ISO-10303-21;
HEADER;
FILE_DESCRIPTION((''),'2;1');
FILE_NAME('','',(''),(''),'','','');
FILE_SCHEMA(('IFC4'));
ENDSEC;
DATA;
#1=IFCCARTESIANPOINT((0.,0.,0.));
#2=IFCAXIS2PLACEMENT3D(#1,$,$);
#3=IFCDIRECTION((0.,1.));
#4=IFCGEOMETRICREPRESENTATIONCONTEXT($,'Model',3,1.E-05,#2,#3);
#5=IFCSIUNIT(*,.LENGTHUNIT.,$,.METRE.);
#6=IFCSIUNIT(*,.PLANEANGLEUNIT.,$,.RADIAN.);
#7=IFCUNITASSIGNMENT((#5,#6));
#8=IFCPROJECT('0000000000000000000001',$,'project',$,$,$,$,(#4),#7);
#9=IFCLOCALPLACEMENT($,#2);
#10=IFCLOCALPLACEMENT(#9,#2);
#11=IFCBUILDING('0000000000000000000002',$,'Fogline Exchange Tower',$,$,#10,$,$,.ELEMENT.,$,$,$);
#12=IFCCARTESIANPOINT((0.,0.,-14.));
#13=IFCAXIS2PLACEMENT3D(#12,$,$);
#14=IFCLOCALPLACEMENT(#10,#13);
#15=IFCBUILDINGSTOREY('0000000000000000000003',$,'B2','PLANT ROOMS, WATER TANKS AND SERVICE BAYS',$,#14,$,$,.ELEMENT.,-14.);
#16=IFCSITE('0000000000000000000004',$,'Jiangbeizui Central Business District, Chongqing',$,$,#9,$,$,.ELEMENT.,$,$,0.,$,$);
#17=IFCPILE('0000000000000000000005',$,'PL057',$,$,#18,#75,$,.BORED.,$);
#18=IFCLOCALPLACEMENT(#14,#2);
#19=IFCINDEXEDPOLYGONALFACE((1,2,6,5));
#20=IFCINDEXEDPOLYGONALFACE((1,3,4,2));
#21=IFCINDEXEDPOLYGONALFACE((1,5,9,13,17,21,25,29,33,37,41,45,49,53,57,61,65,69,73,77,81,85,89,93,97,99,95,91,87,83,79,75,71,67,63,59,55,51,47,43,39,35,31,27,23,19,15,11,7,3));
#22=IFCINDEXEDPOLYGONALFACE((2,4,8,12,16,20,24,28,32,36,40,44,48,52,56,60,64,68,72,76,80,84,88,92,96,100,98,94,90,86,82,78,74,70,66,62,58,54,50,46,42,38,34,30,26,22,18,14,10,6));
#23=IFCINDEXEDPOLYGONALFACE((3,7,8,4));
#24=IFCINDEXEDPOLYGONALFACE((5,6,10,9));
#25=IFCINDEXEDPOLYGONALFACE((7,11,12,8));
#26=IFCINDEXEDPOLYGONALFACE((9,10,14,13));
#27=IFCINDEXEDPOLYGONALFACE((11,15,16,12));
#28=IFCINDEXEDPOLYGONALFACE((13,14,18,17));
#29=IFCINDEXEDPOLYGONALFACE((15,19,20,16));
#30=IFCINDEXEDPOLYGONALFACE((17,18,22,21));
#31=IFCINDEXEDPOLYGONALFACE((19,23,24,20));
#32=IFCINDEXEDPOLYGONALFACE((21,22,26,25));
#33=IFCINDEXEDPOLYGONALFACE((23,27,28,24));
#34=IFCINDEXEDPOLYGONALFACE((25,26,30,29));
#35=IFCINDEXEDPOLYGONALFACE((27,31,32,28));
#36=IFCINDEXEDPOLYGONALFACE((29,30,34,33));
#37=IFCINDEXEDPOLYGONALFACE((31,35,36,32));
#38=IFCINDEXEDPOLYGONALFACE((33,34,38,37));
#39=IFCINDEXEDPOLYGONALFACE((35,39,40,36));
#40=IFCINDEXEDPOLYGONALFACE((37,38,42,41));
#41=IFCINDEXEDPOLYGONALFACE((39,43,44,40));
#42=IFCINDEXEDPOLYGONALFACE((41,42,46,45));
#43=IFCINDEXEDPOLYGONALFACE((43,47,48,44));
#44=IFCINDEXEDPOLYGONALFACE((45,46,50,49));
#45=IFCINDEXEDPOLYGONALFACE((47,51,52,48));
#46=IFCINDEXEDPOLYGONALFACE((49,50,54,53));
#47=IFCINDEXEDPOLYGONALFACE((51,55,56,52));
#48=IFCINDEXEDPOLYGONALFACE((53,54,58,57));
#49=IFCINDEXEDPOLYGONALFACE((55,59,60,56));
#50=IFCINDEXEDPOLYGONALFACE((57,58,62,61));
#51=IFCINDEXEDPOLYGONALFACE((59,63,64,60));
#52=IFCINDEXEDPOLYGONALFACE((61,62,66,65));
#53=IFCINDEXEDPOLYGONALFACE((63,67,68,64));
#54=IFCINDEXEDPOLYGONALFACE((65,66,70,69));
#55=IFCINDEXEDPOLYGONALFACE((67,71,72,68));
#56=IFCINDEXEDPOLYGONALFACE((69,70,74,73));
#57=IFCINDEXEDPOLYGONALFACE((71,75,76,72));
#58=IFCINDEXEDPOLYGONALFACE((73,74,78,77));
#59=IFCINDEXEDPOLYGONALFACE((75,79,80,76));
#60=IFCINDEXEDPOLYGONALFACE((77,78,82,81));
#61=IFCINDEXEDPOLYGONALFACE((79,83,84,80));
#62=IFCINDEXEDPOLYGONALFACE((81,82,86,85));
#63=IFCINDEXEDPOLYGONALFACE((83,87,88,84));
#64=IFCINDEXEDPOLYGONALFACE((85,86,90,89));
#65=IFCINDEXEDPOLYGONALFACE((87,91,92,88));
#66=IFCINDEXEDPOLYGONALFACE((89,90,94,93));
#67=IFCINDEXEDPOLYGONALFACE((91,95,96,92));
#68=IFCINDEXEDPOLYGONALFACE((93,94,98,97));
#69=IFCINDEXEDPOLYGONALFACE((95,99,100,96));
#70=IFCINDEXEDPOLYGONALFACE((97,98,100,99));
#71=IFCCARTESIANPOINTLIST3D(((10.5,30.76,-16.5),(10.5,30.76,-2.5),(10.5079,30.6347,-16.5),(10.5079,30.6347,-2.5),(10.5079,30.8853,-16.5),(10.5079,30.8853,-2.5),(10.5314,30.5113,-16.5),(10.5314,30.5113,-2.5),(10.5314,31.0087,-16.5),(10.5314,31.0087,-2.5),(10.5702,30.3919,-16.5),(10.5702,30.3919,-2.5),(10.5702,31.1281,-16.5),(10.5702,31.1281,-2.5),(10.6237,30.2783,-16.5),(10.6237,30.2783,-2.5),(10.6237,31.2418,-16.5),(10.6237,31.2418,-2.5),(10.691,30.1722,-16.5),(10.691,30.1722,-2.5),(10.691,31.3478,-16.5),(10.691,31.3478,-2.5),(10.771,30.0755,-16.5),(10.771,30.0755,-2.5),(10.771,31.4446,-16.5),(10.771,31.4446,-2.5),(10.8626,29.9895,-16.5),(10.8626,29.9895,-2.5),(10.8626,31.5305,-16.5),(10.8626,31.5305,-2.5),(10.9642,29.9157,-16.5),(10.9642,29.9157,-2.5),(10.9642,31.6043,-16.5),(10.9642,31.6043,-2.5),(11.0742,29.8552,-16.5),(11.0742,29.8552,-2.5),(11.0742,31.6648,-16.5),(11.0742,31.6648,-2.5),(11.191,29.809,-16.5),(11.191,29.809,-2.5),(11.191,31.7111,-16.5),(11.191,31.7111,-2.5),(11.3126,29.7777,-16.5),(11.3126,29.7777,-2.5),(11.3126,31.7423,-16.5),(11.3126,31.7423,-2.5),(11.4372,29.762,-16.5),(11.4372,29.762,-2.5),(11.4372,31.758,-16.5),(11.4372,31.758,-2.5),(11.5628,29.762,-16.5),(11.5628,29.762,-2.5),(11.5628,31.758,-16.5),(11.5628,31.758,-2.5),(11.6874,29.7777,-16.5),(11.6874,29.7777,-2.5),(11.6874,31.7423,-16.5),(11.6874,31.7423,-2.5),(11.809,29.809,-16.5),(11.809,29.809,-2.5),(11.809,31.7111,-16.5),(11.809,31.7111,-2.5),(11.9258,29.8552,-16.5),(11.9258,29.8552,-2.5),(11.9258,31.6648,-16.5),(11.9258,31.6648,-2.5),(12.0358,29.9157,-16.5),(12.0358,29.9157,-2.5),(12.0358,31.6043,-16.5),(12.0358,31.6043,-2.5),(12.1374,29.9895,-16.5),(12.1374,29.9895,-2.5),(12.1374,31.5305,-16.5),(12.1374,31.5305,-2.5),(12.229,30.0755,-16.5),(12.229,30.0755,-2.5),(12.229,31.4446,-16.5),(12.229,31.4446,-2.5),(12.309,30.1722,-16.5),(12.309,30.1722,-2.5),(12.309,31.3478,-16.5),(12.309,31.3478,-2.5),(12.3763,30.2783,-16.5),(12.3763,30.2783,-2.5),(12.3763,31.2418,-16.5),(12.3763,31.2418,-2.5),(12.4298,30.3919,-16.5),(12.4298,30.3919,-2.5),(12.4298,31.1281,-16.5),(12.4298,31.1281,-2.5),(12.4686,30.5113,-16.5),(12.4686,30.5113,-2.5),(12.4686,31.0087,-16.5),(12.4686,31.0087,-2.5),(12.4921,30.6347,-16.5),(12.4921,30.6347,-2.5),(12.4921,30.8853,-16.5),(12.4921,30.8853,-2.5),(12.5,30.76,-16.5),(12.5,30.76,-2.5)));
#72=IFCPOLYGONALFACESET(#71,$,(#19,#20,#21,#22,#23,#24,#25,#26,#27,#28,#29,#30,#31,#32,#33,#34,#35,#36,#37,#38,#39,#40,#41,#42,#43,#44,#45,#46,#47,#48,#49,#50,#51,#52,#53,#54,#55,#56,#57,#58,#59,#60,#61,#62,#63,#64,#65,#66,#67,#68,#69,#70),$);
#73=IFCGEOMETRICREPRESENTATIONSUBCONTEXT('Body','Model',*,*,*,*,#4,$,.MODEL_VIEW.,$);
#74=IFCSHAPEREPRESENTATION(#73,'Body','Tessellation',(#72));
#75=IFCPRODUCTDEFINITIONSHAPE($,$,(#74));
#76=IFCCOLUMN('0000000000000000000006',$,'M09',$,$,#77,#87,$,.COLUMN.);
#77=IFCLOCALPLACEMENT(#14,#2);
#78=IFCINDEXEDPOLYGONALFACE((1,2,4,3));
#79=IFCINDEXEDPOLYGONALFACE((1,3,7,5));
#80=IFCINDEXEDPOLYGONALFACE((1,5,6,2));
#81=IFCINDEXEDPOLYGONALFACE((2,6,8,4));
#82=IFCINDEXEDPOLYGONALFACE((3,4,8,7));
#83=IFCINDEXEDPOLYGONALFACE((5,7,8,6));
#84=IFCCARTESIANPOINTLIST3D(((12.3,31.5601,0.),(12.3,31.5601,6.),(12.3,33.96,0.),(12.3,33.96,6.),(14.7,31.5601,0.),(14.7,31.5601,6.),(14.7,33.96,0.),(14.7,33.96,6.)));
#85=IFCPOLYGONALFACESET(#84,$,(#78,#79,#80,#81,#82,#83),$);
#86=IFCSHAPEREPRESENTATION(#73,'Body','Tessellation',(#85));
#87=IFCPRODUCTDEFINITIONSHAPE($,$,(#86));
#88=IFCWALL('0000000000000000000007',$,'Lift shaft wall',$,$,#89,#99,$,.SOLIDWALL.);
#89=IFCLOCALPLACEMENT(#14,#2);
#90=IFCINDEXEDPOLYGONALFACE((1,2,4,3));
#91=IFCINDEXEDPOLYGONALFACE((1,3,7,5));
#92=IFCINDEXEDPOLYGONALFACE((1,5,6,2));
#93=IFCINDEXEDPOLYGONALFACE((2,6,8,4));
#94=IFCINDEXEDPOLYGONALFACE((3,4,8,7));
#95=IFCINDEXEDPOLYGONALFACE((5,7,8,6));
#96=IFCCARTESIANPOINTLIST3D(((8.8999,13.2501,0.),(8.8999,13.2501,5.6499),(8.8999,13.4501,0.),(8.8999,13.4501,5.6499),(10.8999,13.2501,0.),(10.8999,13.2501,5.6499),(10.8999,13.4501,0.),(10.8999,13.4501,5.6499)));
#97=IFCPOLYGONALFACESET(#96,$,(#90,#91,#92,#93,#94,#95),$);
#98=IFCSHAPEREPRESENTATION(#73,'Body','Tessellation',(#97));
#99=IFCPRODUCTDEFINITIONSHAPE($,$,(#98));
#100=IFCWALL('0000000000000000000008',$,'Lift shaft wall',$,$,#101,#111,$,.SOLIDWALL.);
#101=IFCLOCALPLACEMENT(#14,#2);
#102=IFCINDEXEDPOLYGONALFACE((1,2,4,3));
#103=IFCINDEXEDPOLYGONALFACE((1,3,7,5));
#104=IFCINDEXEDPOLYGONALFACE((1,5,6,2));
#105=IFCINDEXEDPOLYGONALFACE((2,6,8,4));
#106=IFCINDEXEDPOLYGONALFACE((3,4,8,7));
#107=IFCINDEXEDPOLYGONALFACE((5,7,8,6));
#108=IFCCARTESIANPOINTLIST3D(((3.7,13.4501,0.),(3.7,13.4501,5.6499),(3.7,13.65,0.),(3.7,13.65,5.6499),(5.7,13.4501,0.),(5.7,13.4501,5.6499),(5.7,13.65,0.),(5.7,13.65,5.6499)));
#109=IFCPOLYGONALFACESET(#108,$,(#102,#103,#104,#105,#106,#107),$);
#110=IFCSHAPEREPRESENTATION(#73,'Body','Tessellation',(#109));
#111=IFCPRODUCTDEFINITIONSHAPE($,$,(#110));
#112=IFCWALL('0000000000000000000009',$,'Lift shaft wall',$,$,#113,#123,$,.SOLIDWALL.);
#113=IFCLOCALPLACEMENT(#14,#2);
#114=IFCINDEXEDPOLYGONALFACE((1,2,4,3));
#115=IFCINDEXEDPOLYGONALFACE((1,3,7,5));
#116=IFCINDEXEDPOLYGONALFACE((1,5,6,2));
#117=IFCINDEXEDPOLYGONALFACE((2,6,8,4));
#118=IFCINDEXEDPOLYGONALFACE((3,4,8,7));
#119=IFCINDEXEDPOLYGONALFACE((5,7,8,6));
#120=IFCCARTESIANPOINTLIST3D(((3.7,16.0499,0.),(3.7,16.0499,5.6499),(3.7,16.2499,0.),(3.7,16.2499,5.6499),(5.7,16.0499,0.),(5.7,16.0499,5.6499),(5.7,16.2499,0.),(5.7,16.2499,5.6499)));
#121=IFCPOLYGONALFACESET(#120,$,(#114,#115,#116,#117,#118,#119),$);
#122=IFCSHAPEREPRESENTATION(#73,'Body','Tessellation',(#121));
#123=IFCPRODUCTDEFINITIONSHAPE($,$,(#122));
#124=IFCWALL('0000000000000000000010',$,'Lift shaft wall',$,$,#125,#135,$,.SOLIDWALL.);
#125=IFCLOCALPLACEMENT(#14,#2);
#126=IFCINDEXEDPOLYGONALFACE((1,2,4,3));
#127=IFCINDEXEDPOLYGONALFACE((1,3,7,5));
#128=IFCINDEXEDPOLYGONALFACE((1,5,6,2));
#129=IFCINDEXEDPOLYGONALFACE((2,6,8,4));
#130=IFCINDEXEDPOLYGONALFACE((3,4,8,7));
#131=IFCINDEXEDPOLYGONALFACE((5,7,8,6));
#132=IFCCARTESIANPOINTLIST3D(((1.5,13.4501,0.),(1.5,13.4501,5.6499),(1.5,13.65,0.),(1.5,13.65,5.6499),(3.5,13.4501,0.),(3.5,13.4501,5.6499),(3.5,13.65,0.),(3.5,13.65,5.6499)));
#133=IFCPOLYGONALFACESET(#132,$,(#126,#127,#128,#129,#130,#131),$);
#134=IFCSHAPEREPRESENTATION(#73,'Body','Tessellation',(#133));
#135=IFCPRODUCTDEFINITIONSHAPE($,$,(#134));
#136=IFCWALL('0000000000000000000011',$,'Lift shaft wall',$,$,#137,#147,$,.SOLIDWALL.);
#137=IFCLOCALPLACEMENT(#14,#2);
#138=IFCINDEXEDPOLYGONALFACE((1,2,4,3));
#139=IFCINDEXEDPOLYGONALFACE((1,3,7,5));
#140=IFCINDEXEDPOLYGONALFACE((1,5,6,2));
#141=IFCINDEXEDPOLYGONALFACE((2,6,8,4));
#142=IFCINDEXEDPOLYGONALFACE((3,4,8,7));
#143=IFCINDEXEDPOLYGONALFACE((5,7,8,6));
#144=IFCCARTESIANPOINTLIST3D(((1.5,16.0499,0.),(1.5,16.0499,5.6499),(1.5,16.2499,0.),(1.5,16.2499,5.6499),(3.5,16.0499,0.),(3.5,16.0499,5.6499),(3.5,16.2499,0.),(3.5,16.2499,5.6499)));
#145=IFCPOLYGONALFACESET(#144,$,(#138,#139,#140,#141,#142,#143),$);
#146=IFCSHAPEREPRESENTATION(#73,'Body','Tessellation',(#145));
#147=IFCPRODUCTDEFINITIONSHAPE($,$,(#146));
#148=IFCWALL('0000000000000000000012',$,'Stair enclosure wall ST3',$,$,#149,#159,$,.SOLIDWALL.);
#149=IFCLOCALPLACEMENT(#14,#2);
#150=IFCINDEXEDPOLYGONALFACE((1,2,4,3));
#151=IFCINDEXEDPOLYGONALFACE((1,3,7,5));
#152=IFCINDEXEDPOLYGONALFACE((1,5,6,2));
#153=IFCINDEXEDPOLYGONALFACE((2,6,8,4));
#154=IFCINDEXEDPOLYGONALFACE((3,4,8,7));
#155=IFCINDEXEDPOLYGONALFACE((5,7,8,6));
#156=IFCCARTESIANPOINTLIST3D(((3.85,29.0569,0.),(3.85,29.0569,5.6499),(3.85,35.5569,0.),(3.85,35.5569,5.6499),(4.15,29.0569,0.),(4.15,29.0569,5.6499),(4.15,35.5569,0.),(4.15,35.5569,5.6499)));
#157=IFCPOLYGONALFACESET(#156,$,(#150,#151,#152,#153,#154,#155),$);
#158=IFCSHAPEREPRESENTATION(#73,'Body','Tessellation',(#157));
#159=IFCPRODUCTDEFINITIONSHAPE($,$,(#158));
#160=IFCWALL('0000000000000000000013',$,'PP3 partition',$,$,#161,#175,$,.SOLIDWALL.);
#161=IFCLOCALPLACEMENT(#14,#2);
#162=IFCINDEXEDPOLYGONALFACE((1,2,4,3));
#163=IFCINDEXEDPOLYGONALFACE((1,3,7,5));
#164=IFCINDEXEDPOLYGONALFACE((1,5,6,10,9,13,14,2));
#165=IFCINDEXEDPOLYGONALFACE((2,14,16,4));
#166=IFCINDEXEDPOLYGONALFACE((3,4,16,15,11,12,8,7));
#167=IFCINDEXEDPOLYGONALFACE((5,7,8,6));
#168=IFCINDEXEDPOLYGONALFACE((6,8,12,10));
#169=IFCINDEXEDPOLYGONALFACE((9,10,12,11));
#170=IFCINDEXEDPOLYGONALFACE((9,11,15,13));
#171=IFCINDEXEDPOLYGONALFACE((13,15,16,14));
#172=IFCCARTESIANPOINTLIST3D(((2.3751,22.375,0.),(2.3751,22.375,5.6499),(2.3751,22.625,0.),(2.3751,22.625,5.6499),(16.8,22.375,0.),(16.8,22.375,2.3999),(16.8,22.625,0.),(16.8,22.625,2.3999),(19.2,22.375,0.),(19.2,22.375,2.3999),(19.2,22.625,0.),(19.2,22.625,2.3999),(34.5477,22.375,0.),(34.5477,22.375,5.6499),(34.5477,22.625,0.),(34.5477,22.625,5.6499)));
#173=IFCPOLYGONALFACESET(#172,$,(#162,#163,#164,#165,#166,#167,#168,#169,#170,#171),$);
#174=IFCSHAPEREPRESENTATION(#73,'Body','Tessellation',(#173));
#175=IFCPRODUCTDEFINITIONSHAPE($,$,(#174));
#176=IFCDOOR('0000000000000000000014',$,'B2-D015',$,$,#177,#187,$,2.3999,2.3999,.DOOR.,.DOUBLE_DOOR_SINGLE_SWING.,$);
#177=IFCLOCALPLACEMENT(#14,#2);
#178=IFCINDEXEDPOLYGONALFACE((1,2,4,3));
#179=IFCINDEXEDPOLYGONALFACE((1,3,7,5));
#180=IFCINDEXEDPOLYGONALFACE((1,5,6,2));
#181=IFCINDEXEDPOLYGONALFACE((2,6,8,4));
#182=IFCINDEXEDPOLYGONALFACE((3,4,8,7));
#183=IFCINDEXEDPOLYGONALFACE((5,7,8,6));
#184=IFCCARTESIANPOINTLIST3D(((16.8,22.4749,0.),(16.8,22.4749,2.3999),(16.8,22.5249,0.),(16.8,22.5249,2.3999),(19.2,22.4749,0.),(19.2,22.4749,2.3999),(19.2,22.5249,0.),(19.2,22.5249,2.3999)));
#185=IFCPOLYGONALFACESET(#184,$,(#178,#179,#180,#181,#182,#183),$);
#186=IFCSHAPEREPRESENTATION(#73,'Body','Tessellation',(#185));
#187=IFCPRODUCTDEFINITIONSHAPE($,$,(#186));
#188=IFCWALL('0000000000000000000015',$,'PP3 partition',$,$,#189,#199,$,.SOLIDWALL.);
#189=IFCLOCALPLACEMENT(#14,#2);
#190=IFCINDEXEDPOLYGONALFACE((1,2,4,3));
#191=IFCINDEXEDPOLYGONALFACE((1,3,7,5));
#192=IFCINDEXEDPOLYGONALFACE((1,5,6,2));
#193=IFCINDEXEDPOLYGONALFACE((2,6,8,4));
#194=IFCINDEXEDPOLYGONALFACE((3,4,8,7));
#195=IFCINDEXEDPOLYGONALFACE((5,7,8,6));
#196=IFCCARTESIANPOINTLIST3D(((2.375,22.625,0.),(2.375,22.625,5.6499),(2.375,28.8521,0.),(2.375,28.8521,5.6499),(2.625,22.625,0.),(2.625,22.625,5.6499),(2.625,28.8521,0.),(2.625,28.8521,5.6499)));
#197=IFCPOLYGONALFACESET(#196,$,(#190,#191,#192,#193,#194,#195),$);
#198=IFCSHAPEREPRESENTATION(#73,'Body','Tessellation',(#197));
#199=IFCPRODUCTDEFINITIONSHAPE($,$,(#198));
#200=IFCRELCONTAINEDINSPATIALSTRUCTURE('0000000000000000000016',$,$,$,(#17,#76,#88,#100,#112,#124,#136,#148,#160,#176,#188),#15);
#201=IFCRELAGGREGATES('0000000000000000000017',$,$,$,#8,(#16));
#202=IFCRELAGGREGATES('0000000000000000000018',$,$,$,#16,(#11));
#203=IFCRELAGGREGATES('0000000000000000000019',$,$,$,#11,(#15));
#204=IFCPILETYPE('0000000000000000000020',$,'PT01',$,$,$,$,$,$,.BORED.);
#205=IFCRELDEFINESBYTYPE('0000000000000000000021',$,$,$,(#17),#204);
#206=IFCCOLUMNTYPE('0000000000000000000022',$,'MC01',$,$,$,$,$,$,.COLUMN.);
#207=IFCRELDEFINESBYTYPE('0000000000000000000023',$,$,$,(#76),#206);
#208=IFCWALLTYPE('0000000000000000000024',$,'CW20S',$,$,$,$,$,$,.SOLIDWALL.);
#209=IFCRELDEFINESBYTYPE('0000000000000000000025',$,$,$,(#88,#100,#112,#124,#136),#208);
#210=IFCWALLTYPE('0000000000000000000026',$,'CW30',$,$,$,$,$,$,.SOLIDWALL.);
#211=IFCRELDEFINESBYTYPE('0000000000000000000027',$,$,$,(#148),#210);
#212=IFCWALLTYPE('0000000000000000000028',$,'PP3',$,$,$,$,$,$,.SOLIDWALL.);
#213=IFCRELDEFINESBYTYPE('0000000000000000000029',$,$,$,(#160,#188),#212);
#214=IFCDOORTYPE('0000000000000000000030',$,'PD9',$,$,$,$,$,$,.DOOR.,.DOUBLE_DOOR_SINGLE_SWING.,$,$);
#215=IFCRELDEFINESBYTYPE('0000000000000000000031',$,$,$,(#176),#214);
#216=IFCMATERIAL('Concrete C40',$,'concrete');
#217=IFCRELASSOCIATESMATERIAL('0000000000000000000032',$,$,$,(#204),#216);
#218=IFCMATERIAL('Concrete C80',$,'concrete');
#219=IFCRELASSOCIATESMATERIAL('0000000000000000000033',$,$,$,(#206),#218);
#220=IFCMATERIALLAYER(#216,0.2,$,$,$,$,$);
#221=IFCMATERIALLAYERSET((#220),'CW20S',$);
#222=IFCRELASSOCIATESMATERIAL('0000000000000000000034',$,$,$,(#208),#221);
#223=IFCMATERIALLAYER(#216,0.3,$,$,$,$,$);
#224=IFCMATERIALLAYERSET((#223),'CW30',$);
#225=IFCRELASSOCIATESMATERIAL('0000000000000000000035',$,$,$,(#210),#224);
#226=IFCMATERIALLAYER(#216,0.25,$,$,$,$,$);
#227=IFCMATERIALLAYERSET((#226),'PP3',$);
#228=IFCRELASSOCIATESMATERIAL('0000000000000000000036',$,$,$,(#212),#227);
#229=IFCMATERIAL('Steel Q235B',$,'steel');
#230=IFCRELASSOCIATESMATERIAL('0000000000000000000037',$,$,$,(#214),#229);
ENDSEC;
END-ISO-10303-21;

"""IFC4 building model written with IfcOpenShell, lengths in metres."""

from ifc_helpers import new_model, si_unit, direction, frame, frame_2d, origin, origin_2d, place, context, subcontext, project, spatial, rectangle, circle, extrude, material, layer, layer_set, material_profile, profile_set, type_object, element, fill, save


model = new_model("IFC4")

# Units and contexts
model_context = context("Model", 3, precision=1e-05, world=origin(), true_north=direction((0.0, 1.0)))
body_context = subcontext(model_context, "Body", "Model", "MODEL_VIEW")
ifc_project = project(units=[si_unit("LENGTHUNIT", "METRE"), si_unit("PLANEANGLEUNIT", "RADIAN")], contexts=[model_context])

# Site, building, storey
site_placement = place(None, origin())
site = spatial("IfcSite", under=ifc_project, at=site_placement, Name="Jiangbeizui Central Business District, Chongqing", CompositionType="ELEMENT", RefElevation=0.0)
building_placement = place(site_placement, origin())
building = spatial("IfcBuilding", under=site, at=building_placement, Name="Fogline Exchange Tower", CompositionType="ELEMENT")
storey_placement = place(building_placement, frame((0.0, 0.0, -14.0)))
storey = spatial("IfcBuildingStorey", under=building, at=storey_placement, Name="B2", Description="PLANT ROOMS, WATER TANKS AND SERVICE BAYS", CompositionType="ELEMENT", Elevation=-14.0)

# Pile
ifc_material_1 = material(Name="Concrete C40", Category="concrete")
ifc_material_profile_1 = material_profile(ifc_material_1, circle(Radius=1.0, at=origin_2d()), Name="RC D2000")
ifc_profile_set_1 = profile_set([ifc_material_profile_1], Name="Concrete C40")
pile_type = type_object("IfcPileType", Name="PT01", PredefinedType="BORED", material=ifc_profile_set_1)
for number, where, z_axis, x_axis, name in (
    (1, (11.5, 30.76, -2.5), (0.0, 0.0, -1.0), (1.0, 0.0, 0.0), "PL057"),
):
    element("IfcPile", number, at=place(storey_placement, frame(where, z_axis=z_axis, x_axis=x_axis)), inside=storey, type_object=pile_type, Name=name, PredefinedType="BORED", context=body_context, shape_type="SweptSolid", body=[
        extrude(circle(Radius=1.0, at=origin_2d()), origin(), (0.0, 0.0, 1.0), 14.0),
    ])

# Column
ifc_material_2 = material(Name="Concrete C80", Category="concrete")
ifc_material_profile_2 = material_profile(ifc_material_2, rectangle(XDim=2.3999, YDim=2.3999, at=origin_2d()), Name="RC 2400x2400")
ifc_profile_set_2 = profile_set([ifc_material_profile_2], Name="Concrete C80")
column_type = type_object("IfcColumnType", Name="MC01", PredefinedType="COLUMN", material=ifc_profile_set_2)
column_placement = place(storey_placement, frame((13.5, 32.76, 0.0), z_axis=(0.0, 0.0, 1.0), x_axis=(1.0, 0.0, 0.0)))
element("IfcColumn", 2, at=column_placement, inside=storey, type_object=column_type, Name="M09", PredefinedType="COLUMN", context=body_context, shape_type="SweptSolid", body=[
    extrude(rectangle(XDim=2.3999, YDim=2.3999, at=origin_2d()), origin(), (0.0, 0.0, 1.0), 6.0),
])

# Walls
ifc_layer_1 = layer(ifc_material_1, 0.2)
ifc_layer_set_1 = layer_set([ifc_layer_1], Name="CW20S")
wall_type_1 = type_object("IfcWallType", Name="CW20S", PredefinedType="SOLIDWALL", material=ifc_layer_set_1)
for number, where, z_axis, x_axis, name in (
    (3, (8.8999, 13.3501, 0.0), (0.0, 0.0, 1.0), (1.0, 0.0, 0.0), "Lift shaft wall"),
    (4, (3.7, 13.55, 0.0), (0.0, 0.0, 1.0), (1.0, 0.0, 0.0), "Lift shaft wall"),
    (5, (3.7, 16.1499, 0.0), (0.0, 0.0, 1.0), (1.0, 0.0, 0.0), "Lift shaft wall"),
    (6, (1.5, 13.55, 0.0), (0.0, 0.0, 1.0), (1.0, 0.0, 0.0), "Lift shaft wall"),
    (7, (1.5, 16.1499, 0.0), (0.0, 0.0, 1.0), (1.0, 0.0, 0.0), "Lift shaft wall"),
):
    element("IfcWall", number, at=place(storey_placement, frame(where, z_axis=z_axis, x_axis=x_axis)), inside=storey, type_object=wall_type_1, Name=name, PredefinedType="SOLIDWALL", context=body_context, shape_type="SweptSolid", body=[
        extrude(rectangle(XDim=2.0, YDim=0.2, at=frame_2d((1.0, 0.0))), origin(), (0.0, 0.0, 1.0), 5.6499),
    ])
ifc_layer_2 = layer(ifc_material_1, 0.3)
ifc_layer_set_2 = layer_set([ifc_layer_2], Name="CW30")
wall_type_2 = type_object("IfcWallType", Name="CW30", PredefinedType="SOLIDWALL", material=ifc_layer_set_2)
wall_1_placement = place(storey_placement, frame((4.0, 29.0569, 0.0), z_axis=(0.0, 0.0, 1.0), x_axis=(0.0, 1.0, 0.0)))
element("IfcWall", 8, at=wall_1_placement, inside=storey, type_object=wall_type_2, Name="Stair enclosure wall ST3", PredefinedType="SOLIDWALL", context=body_context, shape_type="SweptSolid", body=[
    extrude(rectangle(XDim=6.5, YDim=0.3, at=frame_2d((3.25, 0.0))), origin(), (0.0, 0.0, 1.0), 5.6499),
])

# Wall, opening, door
ifc_layer_3 = layer(ifc_material_1, 0.25)
ifc_layer_set_3 = layer_set([ifc_layer_3], Name="PP3")
wall_type_3 = type_object("IfcWallType", Name="PP3", PredefinedType="SOLIDWALL", material=ifc_layer_set_3)
wall_2_placement = place(storey_placement, frame((2.375, 22.5, 0.0), z_axis=(0.0, 0.0, 1.0), x_axis=(1.0, 0.0, 0.0)))
wall_2 = element("IfcWall", 9, at=wall_2_placement, inside=storey, type_object=wall_type_3, Name="PP3 partition", PredefinedType="SOLIDWALL", context=body_context, shape_type="SweptSolid", body=[
    extrude(rectangle(XDim=32.1726, YDim=0.25, at=frame_2d((16.0864, 0.0))), origin(), (0.0, 0.0, 1.0), 5.6499),
])
opening_1_placement = place(wall_2_placement, frame((14.425, 0.0, 0.0)))
opening_1 = element("IfcOpeningElement", 10, at=opening_1_placement, cuts=wall_2, PredefinedType="OPENING", context=body_context, shape_type="SweptSolid", body=[
    extrude(rectangle(XDim=2.3999, YDim=2.3999, at=frame_2d((1.2, 1.2))), frame((0.0, 0.135, 0.0), z_axis=(0.0, -1.0, 0.0), x_axis=(1.0, 0.0, 0.0)), (0.0, 0.0, 1.0), 0.27),
])
ifc_material_3 = material(Name="Steel Q235B", Category="steel")
door_type_1 = type_object("IfcDoorType", Name="PD9", OperationType="DOUBLE_DOOR_SINGLE_SWING", PredefinedType="DOOR", material=ifc_material_3)
door_1_placement = place(opening_1_placement, origin())
door_1 = element("IfcDoor", 11, at=door_1_placement, inside=storey, type_object=door_type_1, Name="B2-D015", OperationType="DOUBLE_DOOR_SINGLE_SWING", OverallHeight=2.3999, OverallWidth=2.3999, PredefinedType="DOOR", context=body_context, shape_type="SweptSolid", body=[
    extrude(rectangle(XDim=2.3999, YDim=2.3999, at=frame_2d((1.2, 1.2))), frame((0.0, 0.0249, 0.0), z_axis=(0.0, -1.0, 0.0), x_axis=(1.0, 0.0, 0.0)), (0.0, 0.0, 1.0), 0.05),
])
fill(opening_1, door_1)

# Wall
wall_3_placement = place(storey_placement, frame((2.5, 28.8521, 0.0), z_axis=(0.0, 0.0, 1.0), x_axis=(0.0, -1.0, 0.0)))
element("IfcWall", 12, at=wall_3_placement, inside=storey, type_object=wall_type_3, Name="PP3 partition", PredefinedType="SOLIDWALL", context=body_context, shape_type="SweptSolid", body=[
    extrude(rectangle(XDim=6.2271, YDim=0.25, at=frame_2d((3.1135, 0.0))), origin(), (0.0, 0.0, 1.0), 5.6499),
])

save(model, "model.ifc")
